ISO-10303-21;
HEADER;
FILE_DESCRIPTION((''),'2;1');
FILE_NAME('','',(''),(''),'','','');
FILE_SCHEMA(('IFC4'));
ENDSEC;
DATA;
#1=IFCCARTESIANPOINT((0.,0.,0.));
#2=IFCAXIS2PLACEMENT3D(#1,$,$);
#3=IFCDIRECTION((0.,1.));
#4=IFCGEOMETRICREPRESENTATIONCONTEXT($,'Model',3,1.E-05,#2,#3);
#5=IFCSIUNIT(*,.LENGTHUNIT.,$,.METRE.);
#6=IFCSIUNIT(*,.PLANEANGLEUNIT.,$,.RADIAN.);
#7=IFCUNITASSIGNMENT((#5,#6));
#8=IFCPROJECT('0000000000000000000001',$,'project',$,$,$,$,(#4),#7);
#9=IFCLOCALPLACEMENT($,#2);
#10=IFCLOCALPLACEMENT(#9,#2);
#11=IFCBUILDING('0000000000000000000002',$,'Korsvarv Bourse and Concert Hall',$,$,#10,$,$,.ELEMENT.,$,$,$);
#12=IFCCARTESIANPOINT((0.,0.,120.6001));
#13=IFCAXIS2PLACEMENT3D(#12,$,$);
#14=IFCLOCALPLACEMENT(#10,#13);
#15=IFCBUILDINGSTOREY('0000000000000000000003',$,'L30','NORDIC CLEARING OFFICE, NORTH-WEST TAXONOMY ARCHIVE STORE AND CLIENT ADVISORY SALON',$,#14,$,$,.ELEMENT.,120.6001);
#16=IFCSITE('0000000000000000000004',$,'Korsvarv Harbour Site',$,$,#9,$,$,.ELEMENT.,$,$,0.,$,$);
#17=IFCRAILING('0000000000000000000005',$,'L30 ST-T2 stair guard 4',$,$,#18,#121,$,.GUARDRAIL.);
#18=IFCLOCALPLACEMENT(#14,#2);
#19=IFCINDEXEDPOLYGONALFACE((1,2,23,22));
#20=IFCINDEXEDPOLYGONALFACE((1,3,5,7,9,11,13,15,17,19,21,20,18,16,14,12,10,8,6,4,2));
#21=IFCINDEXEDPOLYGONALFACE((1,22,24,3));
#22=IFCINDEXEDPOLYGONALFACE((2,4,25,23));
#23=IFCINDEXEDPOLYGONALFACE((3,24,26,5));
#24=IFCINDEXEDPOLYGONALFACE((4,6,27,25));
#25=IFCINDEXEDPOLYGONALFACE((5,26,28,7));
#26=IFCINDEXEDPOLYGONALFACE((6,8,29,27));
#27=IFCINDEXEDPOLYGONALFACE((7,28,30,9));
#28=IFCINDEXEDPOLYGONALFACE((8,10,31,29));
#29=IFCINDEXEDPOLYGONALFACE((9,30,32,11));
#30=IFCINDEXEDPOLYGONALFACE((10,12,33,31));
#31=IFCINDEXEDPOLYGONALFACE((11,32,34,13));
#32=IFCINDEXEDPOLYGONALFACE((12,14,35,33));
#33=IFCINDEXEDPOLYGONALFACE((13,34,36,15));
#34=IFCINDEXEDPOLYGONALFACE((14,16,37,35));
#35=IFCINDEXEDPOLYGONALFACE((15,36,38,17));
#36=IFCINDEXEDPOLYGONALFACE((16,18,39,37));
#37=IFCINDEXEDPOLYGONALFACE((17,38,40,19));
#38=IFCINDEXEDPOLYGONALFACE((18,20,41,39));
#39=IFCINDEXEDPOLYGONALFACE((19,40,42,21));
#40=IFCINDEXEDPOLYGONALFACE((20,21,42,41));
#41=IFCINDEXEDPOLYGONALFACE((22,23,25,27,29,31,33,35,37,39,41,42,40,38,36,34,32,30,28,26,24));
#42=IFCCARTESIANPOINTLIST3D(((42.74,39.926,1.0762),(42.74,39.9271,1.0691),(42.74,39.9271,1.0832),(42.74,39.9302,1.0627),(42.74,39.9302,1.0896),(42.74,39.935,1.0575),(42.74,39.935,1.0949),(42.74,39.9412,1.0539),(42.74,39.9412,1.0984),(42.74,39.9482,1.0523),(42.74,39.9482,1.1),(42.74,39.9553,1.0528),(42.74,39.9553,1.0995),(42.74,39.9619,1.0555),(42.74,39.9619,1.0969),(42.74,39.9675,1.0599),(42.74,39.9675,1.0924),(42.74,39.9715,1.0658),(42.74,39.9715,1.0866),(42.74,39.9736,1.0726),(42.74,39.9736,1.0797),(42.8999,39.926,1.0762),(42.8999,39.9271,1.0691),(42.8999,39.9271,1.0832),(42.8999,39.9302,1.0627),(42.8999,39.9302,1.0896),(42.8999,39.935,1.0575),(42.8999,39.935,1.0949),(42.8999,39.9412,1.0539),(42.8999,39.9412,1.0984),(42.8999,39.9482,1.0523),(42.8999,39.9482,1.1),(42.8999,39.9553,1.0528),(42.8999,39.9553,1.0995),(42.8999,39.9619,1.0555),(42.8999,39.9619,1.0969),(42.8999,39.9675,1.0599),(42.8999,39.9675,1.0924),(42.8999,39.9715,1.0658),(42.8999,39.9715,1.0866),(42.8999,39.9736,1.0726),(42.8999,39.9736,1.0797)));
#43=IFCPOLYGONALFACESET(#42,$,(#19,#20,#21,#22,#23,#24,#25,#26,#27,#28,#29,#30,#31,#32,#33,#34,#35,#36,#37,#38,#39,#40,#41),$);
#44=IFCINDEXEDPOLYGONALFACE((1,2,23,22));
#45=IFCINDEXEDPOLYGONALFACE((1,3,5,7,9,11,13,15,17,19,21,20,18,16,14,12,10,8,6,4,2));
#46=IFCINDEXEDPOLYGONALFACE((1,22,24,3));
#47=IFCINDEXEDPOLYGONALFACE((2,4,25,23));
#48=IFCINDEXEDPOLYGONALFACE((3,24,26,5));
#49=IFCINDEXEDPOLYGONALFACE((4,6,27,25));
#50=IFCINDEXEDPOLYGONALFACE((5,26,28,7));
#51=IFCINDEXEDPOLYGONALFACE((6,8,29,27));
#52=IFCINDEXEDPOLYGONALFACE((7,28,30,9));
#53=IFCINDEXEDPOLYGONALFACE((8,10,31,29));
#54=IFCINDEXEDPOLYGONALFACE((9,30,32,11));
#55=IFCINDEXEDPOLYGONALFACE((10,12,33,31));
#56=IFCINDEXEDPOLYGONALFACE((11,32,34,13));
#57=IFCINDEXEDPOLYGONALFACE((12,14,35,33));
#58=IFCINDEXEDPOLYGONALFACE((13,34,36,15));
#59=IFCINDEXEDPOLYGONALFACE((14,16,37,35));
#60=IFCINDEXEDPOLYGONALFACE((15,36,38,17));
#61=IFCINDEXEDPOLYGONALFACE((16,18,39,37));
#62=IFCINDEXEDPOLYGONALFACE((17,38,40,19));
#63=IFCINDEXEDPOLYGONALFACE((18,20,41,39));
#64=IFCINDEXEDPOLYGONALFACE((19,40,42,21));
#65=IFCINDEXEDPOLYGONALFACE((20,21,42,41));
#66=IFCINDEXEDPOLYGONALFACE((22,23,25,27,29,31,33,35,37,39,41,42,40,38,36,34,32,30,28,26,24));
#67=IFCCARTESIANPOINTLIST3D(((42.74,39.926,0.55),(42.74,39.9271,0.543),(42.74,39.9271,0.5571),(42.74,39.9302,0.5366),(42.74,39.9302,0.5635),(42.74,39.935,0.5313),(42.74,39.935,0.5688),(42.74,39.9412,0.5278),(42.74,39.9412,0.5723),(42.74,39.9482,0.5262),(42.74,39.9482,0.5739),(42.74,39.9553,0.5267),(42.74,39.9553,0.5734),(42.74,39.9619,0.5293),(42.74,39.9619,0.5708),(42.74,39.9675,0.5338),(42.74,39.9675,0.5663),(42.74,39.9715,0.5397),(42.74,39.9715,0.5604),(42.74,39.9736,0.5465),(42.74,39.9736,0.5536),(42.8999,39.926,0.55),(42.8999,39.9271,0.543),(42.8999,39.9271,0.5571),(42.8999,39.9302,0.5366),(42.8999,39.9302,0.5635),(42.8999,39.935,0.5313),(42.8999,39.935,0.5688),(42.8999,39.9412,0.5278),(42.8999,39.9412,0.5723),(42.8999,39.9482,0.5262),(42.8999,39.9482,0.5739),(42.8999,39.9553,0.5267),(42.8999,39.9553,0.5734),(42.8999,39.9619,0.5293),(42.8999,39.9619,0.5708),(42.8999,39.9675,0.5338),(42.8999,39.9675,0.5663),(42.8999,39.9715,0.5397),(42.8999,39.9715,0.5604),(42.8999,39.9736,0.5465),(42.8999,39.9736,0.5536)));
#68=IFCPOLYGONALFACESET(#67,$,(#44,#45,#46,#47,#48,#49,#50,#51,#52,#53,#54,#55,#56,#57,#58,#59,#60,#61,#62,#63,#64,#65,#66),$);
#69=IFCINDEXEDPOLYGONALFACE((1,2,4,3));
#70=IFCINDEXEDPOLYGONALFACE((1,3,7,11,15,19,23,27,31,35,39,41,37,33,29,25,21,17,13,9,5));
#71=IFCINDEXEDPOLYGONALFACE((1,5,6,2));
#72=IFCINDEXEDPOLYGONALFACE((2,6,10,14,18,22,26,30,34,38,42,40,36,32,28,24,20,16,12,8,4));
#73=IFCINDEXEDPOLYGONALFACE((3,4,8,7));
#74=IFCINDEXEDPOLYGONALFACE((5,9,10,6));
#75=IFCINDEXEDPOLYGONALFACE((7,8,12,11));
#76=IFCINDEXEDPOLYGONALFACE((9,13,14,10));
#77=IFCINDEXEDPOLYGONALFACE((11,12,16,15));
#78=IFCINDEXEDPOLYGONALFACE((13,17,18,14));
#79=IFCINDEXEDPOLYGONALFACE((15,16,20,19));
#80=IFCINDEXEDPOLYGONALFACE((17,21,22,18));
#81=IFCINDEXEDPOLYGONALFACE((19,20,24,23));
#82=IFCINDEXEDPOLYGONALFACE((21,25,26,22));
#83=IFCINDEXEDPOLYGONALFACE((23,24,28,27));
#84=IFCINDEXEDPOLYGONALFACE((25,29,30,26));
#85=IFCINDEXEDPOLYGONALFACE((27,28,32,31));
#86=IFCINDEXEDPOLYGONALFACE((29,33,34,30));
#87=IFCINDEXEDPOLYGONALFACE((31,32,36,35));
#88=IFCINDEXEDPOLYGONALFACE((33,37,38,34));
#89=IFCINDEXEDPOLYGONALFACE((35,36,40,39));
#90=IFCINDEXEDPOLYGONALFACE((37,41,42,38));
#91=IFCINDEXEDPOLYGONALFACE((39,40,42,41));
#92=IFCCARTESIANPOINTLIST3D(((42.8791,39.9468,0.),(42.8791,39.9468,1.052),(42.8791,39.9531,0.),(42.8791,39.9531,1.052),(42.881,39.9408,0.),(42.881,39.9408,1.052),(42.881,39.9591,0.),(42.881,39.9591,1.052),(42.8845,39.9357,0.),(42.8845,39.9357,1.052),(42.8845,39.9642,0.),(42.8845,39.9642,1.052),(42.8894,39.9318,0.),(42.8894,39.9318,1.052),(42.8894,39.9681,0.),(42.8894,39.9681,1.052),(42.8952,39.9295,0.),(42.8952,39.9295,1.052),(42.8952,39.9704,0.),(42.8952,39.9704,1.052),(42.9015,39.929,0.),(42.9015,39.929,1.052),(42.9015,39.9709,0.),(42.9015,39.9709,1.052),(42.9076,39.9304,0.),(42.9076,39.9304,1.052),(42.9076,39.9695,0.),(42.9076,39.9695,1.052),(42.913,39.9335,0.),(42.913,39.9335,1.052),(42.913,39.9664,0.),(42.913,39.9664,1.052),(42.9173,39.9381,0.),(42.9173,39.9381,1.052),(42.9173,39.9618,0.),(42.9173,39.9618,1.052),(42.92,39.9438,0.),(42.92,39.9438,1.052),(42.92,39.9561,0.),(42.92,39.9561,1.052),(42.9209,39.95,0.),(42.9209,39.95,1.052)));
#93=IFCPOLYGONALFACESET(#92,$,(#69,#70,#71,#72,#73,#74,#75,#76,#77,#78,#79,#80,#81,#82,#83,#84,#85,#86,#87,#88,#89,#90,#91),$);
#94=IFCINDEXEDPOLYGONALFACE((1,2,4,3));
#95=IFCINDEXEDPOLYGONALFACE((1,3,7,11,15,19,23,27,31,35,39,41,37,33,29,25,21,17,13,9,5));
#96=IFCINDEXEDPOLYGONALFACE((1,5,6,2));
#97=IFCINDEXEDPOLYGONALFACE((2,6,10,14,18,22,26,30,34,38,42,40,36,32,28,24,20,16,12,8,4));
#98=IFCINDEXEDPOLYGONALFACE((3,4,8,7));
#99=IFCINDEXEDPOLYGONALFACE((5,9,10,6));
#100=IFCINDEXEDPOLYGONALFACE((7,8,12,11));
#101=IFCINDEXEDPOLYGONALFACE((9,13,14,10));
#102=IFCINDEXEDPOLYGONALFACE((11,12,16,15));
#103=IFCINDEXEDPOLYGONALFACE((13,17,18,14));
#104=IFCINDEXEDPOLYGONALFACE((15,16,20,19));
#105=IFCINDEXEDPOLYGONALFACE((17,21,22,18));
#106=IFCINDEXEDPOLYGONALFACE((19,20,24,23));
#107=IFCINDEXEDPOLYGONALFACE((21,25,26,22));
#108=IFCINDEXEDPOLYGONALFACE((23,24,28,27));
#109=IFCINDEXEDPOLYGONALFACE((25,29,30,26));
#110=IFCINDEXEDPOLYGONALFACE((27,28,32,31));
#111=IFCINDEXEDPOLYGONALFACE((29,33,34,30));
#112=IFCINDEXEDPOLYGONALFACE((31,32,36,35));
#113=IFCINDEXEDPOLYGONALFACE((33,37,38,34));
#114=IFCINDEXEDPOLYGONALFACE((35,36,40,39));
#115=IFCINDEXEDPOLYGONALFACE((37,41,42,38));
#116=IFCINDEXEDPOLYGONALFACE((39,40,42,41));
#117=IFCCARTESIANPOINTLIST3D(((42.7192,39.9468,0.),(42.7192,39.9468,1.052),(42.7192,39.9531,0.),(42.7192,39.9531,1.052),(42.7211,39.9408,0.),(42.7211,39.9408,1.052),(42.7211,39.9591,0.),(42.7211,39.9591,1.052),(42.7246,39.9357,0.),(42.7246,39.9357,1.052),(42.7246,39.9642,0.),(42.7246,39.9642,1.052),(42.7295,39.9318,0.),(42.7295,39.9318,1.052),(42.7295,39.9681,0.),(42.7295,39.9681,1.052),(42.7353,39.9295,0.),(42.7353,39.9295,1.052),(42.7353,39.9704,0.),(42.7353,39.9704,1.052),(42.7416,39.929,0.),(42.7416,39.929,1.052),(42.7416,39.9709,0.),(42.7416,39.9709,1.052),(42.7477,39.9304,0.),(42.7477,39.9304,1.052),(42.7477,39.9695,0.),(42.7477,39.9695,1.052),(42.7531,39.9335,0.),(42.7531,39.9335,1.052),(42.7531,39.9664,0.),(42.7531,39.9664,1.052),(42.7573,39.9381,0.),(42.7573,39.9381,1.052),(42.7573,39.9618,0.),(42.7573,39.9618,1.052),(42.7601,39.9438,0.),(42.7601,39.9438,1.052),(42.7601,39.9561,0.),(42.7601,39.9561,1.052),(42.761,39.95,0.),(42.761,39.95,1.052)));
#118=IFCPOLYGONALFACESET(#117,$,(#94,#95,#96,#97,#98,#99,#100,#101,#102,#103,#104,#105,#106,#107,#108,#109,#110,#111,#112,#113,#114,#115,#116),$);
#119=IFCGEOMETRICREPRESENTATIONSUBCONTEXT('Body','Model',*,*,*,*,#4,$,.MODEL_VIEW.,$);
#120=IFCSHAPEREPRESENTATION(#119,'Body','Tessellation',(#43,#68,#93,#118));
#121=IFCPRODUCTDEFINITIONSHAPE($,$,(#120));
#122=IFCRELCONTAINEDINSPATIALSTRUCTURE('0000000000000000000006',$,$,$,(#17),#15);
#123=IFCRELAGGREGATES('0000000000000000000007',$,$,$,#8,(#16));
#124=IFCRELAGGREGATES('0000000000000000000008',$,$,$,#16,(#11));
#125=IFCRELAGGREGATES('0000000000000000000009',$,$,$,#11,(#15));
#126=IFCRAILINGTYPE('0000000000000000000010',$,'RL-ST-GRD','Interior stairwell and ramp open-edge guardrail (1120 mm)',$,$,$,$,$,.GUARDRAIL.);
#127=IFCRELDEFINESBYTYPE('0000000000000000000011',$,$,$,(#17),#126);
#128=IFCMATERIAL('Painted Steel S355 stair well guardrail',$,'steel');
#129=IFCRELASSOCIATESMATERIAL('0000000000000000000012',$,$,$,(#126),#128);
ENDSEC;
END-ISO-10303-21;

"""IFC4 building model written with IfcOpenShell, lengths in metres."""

from ifc_helpers import new_model, si_unit, direction, frame, origin, origin_2d, place, context, subcontext, project, spatial, circle, extrude, material, type_object, element, save


model = new_model("IFC4")

# Units and contexts
model_context = context("Model", 3, precision=1e-05, world=origin(), true_north=direction((0.0, 1.0)))
body_context = subcontext(model_context, "Body", "Model", "MODEL_VIEW")
ifc_project = project(units=[si_unit("LENGTHUNIT", "METRE"), si_unit("PLANEANGLEUNIT", "RADIAN")], contexts=[model_context])

# Site, building, storey
site_placement = place(None, origin())
site = spatial("IfcSite", under=ifc_project, at=site_placement, Name="Korsvarv Harbour Site", CompositionType="ELEMENT", RefElevation=0.0)
building_placement = place(site_placement, origin())
building = spatial("IfcBuilding", under=site, at=building_placement, Name="Korsvarv Bourse and Concert Hall", CompositionType="ELEMENT")
storey_placement = place(building_placement, frame((0.0, 0.0, 120.6001)))
storey = spatial("IfcBuildingStorey", under=building, at=storey_placement, Name="L30", Description="NORDIC CLEARING OFFICE, NORTH-WEST TAXONOMY ARCHIVE STORE AND CLIENT ADVISORY SALON", CompositionType="ELEMENT", Elevation=120.6001)

# Railing
ifc_material_1 = material(Name="Painted Steel S355 stair well guardrail", Category="steel")
railing_type_1 = type_object("IfcRailingType", Name="RL-ST-GRD", Description="Interior stairwell and ramp open-edge guardrail (1120 mm)", PredefinedType="GUARDRAIL", material=ifc_material_1)
railing_1_placement = place(storey_placement, frame((42.8999, 39.95, 0.0)))
element("IfcRailing", 1, at=railing_1_placement, inside=storey, type_object=railing_type_1, Name="L30 ST-T2 stair guard 4", PredefinedType="GUARDRAIL", context=body_context, shape_type="SweptSolid", body=[
    extrude(circle(Radius=0.0239, at=origin_2d()), frame((0.0, 0.0, 1.0762), z_axis=(-1.0, 0.0, 0.0), x_axis=(0.0, -1.0, 0.0)), (0.0, 0.0, 1.0), 0.1599),
    extrude(circle(Radius=0.0239, at=origin_2d()), frame((0.0, 0.0, 0.55), z_axis=(-1.0, 0.0, 0.0), x_axis=(0.0, -1.0, 0.0)), (0.0, 0.0, 1.0), 0.1599),
    extrude(circle(Radius=0.021, at=origin_2d()), origin(), (0.0, 0.0, 1.0), 1.052),
    extrude(circle(Radius=0.021, at=origin_2d()), frame((-0.1599, 0.0, 0.0)), (0.0, 0.0, 1.0), 1.052),
])

save(model, "model.ifc")
